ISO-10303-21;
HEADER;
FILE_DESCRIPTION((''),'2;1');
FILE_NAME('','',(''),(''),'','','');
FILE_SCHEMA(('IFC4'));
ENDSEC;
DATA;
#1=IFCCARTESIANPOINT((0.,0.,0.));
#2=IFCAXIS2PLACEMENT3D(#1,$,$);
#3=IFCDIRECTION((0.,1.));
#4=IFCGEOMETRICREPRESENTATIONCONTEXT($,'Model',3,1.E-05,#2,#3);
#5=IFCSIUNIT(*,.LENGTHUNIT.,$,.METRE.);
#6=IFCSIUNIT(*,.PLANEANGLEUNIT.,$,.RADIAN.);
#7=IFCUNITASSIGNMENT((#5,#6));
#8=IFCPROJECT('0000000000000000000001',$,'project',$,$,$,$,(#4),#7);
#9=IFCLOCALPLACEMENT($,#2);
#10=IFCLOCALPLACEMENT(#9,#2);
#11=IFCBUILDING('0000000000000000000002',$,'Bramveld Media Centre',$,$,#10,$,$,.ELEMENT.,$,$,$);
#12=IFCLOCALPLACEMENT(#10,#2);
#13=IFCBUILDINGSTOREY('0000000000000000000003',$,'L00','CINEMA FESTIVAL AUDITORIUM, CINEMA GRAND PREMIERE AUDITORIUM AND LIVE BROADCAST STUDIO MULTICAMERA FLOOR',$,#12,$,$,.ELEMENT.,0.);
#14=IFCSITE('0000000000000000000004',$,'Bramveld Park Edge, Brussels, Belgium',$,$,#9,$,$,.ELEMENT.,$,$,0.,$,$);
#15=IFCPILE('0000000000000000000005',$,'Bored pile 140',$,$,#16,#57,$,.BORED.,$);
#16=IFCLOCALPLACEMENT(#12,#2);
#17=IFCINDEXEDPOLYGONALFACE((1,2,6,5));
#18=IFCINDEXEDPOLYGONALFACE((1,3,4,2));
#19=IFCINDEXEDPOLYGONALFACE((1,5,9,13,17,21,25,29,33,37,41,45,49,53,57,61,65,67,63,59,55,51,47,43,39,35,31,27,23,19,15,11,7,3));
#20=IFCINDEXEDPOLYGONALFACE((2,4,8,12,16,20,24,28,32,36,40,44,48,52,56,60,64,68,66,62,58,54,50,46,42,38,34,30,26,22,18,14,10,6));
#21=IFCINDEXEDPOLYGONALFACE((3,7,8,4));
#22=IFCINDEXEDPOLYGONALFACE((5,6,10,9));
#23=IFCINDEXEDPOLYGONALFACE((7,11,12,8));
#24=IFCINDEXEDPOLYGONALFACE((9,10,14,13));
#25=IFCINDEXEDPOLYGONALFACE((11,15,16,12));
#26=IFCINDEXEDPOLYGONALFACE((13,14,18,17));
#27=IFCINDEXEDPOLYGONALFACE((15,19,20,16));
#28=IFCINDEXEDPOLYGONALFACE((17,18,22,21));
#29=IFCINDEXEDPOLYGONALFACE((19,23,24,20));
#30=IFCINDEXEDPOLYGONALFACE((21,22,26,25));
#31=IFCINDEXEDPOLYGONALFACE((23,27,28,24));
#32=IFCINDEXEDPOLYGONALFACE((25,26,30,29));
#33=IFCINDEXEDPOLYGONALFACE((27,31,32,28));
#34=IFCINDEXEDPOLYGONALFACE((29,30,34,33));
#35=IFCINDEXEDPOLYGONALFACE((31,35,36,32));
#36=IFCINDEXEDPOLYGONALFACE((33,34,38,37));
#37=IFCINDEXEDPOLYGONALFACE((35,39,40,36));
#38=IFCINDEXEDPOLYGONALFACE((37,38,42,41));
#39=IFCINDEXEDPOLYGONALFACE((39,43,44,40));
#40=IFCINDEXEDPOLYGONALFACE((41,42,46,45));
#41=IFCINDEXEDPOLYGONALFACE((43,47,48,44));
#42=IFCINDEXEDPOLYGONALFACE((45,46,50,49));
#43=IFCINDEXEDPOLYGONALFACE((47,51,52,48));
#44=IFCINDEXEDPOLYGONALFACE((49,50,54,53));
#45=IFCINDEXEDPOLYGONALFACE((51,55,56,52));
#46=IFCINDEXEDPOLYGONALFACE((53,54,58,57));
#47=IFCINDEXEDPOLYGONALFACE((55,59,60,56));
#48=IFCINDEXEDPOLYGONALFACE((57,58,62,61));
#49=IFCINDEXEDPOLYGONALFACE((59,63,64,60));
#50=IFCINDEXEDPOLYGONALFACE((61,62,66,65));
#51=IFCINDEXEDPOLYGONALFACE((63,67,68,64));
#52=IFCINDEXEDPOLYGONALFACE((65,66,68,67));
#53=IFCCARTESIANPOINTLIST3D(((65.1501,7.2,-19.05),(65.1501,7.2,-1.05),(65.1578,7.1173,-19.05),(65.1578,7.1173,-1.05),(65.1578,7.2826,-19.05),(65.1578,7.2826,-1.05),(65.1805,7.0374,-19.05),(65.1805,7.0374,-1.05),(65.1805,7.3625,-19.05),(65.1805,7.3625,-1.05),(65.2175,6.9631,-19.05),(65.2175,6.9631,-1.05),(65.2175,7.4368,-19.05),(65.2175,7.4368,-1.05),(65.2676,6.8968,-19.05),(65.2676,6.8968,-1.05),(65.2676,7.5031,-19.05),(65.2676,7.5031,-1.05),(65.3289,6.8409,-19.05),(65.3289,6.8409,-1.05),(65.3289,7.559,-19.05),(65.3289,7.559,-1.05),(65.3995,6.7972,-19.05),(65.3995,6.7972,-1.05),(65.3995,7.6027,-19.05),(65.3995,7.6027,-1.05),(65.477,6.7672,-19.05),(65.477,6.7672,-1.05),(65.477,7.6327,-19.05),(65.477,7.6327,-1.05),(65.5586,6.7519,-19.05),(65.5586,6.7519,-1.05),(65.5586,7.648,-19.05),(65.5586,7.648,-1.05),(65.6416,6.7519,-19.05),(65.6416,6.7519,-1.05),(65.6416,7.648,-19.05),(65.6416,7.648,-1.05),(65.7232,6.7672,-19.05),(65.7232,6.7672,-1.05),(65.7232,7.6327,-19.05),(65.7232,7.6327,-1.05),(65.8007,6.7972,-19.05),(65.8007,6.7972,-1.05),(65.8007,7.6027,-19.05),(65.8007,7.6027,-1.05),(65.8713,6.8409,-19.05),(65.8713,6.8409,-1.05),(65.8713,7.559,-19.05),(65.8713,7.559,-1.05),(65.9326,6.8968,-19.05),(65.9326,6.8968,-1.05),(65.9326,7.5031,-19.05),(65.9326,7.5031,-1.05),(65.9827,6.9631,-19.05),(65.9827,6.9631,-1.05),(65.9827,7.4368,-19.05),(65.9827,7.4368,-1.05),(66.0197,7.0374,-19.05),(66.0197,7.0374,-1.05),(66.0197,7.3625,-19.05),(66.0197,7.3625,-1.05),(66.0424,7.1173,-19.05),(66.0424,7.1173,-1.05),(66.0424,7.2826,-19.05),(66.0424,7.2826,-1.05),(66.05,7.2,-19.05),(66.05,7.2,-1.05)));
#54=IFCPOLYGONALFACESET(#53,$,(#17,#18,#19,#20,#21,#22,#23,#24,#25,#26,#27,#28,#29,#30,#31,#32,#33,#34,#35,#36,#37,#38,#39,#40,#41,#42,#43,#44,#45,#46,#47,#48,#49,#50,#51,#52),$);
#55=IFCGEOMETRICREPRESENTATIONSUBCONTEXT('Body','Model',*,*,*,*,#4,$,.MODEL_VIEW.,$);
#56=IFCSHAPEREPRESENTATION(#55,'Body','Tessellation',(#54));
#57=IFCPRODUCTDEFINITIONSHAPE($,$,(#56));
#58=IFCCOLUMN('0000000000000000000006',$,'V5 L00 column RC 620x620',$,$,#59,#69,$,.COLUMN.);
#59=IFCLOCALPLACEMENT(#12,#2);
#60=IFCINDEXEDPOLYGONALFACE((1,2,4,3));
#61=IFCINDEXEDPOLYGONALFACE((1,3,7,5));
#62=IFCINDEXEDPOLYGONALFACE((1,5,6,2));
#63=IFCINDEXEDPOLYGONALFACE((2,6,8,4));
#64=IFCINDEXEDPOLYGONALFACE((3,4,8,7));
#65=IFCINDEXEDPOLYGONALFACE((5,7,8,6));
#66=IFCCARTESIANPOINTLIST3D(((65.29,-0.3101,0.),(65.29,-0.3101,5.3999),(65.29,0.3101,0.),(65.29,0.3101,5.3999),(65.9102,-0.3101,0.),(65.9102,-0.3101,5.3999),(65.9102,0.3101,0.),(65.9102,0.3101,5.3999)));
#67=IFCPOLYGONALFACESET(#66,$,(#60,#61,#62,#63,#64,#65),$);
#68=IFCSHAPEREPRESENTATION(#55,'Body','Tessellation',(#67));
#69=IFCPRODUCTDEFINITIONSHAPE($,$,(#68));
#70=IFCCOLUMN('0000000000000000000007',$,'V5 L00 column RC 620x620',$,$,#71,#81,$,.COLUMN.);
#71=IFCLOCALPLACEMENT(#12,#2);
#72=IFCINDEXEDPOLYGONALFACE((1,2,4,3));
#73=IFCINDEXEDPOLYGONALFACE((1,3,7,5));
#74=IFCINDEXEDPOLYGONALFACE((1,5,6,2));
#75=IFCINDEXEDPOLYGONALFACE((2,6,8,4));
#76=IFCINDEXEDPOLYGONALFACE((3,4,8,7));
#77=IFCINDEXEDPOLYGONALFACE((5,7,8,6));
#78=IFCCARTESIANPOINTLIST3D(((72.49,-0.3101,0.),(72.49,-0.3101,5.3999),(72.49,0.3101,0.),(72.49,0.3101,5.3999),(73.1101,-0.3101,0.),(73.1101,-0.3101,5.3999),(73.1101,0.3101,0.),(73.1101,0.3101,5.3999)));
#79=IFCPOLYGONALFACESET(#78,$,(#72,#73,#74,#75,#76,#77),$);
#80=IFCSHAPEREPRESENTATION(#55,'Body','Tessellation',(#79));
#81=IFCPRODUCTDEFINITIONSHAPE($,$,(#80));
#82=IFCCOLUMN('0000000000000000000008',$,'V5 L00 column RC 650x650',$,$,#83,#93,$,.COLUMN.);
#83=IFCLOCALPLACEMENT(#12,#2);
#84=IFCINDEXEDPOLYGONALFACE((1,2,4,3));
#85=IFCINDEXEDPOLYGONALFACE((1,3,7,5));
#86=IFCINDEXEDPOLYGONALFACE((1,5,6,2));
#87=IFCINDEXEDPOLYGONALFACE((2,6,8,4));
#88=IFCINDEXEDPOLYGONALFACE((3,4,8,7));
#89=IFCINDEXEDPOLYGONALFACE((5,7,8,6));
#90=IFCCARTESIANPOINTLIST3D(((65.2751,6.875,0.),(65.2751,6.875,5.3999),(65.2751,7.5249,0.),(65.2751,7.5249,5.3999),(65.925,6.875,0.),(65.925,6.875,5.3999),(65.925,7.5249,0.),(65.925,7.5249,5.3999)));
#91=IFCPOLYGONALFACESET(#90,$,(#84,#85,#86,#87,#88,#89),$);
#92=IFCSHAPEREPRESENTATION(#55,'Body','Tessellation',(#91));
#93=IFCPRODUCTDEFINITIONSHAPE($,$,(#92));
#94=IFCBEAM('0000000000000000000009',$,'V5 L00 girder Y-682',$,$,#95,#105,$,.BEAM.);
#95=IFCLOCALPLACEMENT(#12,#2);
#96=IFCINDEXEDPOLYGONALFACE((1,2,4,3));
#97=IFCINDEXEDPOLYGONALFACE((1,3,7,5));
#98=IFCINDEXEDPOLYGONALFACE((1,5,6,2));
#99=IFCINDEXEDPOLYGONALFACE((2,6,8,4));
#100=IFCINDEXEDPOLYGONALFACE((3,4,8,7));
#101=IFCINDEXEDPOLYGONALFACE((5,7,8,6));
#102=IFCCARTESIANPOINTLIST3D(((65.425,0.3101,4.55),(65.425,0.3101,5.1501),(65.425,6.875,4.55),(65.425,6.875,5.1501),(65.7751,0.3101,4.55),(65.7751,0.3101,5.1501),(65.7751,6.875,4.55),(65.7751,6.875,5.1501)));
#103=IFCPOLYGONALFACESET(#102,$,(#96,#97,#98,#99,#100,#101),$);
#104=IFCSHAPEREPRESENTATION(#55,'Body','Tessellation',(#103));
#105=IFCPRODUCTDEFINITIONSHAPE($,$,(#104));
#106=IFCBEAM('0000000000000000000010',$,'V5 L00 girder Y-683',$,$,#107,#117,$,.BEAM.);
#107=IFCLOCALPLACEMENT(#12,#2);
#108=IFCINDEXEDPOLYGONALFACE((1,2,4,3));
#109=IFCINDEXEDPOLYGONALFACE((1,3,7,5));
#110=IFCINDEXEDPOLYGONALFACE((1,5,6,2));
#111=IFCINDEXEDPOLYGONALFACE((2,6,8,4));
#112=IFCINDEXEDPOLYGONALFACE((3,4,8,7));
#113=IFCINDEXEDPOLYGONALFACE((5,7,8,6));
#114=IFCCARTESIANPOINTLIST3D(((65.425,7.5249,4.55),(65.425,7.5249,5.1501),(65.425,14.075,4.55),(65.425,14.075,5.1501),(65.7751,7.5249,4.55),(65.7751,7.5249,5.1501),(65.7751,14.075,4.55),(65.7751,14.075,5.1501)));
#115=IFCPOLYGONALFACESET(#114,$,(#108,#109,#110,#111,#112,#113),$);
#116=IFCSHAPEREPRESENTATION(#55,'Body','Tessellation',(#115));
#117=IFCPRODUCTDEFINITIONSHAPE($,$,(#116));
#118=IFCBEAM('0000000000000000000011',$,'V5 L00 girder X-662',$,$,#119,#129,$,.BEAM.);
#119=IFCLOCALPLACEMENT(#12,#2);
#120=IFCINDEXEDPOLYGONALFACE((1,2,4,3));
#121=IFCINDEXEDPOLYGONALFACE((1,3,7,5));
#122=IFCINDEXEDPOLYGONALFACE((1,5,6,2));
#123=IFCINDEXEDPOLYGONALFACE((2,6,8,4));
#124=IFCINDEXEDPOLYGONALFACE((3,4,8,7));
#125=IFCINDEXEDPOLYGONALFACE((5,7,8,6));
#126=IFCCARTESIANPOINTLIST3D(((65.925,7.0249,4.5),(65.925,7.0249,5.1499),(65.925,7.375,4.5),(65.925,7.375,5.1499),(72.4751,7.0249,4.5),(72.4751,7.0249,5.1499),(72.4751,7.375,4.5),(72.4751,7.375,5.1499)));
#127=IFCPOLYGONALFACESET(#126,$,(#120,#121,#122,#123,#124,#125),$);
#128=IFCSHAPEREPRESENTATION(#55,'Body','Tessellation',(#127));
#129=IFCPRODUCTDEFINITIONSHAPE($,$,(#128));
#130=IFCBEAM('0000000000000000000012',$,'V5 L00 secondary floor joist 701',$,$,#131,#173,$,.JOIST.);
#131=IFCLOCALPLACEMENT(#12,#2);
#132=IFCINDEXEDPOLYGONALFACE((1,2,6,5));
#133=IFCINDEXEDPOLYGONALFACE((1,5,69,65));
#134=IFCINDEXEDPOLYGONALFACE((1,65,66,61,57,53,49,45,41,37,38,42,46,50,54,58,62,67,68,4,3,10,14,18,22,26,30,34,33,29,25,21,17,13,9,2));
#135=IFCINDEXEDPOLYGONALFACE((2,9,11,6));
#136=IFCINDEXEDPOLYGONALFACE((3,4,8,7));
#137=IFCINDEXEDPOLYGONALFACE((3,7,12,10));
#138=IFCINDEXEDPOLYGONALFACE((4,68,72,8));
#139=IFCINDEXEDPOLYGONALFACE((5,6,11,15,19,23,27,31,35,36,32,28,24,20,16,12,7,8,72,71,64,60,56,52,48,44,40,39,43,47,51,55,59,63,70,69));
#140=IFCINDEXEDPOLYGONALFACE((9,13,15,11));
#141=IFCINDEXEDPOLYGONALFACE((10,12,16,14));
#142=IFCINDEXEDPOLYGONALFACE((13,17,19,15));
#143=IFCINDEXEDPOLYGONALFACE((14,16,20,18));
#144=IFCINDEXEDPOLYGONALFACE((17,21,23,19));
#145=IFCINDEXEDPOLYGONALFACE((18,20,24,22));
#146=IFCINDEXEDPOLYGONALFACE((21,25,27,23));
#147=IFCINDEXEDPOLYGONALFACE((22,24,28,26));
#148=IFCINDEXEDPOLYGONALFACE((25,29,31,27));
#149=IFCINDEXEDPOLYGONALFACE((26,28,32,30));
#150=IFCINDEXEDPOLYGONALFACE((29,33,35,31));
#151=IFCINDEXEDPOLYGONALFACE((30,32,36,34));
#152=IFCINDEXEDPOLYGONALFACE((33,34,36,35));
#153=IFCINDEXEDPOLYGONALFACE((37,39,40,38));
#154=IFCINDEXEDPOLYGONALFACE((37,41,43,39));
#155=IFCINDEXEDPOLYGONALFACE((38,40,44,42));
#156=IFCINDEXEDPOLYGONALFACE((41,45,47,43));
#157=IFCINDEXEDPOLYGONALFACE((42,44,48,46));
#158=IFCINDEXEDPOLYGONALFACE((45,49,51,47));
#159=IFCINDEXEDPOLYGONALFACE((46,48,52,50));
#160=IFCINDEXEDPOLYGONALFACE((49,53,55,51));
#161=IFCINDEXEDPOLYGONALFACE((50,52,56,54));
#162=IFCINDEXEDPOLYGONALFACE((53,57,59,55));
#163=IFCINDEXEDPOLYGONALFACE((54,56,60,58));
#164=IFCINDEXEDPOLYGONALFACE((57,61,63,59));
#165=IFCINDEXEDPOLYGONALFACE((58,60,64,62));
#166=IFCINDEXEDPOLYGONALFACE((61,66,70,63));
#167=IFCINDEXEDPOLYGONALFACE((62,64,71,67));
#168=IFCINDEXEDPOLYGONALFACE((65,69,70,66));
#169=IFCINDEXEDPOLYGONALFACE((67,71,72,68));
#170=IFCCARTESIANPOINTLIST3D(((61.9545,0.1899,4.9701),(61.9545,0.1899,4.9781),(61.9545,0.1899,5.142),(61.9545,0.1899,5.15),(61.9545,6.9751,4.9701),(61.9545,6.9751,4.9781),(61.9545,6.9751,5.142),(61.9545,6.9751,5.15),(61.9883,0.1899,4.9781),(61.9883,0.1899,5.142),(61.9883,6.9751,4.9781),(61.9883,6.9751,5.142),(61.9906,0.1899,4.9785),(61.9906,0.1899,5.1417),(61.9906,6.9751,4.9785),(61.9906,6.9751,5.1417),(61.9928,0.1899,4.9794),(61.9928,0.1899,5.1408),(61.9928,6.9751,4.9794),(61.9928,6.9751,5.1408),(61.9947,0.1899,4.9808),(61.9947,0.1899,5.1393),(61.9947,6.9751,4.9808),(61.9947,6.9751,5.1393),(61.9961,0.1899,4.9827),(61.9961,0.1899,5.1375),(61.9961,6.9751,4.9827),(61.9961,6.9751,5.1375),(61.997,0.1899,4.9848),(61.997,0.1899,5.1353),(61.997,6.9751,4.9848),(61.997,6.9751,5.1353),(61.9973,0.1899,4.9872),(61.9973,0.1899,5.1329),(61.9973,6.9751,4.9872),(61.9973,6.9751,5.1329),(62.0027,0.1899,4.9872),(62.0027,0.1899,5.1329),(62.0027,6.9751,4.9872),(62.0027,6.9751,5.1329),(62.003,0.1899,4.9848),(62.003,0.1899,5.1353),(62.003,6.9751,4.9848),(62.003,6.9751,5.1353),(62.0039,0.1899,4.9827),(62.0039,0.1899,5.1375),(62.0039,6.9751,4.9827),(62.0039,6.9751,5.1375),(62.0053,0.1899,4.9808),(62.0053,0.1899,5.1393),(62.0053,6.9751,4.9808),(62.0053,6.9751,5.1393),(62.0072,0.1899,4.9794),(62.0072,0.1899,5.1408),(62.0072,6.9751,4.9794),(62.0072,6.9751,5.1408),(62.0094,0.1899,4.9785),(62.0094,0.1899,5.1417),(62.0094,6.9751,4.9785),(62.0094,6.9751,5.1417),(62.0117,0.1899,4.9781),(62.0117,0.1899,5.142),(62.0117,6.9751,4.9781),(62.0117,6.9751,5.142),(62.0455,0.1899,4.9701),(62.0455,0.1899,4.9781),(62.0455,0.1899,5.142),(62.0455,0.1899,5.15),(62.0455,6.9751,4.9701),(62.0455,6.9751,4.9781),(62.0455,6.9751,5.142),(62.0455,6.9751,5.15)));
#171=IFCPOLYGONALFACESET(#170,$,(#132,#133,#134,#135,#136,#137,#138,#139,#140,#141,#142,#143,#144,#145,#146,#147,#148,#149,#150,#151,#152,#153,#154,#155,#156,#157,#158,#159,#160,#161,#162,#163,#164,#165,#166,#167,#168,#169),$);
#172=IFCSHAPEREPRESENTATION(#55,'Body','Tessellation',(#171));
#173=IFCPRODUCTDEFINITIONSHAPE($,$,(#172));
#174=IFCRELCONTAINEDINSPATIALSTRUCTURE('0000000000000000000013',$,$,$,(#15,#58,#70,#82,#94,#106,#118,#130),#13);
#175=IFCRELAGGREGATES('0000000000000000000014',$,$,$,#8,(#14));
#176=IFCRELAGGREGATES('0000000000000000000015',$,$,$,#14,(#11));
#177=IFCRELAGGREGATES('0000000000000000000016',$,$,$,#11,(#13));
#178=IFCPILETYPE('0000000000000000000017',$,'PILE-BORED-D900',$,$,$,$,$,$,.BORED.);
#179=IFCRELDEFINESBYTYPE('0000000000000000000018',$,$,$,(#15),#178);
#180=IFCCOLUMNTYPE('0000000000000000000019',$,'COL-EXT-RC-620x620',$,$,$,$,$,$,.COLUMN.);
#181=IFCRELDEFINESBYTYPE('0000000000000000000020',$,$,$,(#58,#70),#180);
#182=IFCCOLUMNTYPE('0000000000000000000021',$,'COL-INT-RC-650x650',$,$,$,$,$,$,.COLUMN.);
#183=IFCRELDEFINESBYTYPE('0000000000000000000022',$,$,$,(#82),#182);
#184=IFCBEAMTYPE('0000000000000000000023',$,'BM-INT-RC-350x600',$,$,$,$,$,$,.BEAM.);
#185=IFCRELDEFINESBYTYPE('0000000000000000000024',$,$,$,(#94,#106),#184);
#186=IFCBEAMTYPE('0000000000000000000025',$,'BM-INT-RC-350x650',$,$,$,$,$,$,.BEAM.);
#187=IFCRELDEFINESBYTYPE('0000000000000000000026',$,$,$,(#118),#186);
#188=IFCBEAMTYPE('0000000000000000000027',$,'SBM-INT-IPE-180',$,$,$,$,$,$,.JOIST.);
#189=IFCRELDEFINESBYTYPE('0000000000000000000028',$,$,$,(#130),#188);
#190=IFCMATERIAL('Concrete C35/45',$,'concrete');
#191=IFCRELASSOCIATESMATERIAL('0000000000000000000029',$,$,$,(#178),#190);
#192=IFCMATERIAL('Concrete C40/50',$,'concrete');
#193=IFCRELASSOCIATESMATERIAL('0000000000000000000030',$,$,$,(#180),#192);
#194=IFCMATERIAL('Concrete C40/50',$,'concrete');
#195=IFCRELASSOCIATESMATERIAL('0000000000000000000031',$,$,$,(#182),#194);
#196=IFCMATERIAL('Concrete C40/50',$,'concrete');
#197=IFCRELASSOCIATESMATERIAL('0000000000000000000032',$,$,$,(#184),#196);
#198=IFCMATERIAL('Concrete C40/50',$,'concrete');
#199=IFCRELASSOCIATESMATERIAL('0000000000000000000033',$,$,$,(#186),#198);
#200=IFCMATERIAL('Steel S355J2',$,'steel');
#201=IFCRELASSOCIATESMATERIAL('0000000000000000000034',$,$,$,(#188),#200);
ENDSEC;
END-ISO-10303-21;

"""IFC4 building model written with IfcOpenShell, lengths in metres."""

from ifc_helpers import new_model, si_unit, direction, frame, origin, origin_2d, place, context, subcontext, project, spatial, rectangle, circle, i_section, extrude, material, material_profile, profile_set, type_object, element, save


model = new_model("IFC4")

# Units and contexts
model_context = context("Model", 3, precision=1e-05, world=origin(), true_north=direction((0.0, 1.0)))
body_context = subcontext(model_context, "Body", "Model", "MODEL_VIEW")
ifc_project = project(units=[si_unit("LENGTHUNIT", "METRE"), si_unit("PLANEANGLEUNIT", "RADIAN")], contexts=[model_context])

# Site, building, storey
site_placement = place(None, origin())
site = spatial("IfcSite", under=ifc_project, at=site_placement, Name="Bramveld Park Edge, Brussels, Belgium", CompositionType="ELEMENT", RefElevation=0.0)
building_placement = place(site_placement, origin())
building = spatial("IfcBuilding", under=site, at=building_placement, Name="Bramveld Media Centre", CompositionType="ELEMENT")
storey_placement = place(building_placement, origin())
storey = spatial("IfcBuildingStorey", under=building, at=storey_placement, Name="L00", Description="CINEMA FESTIVAL AUDITORIUM, CINEMA GRAND PREMIERE AUDITORIUM AND LIVE BROADCAST STUDIO MULTICAMERA FLOOR", CompositionType="ELEMENT", Elevation=0.0)

# Pile
ifc_material_1 = material(Name="Concrete C35/45", Category="concrete")
ifc_material_profile_1 = material_profile(ifc_material_1, circle(Radius=0.45, at=origin_2d()), Name="BORED D900")
ifc_profile_set_1 = profile_set([ifc_material_profile_1], Name="Concrete C35/45")
pile_type_1 = type_object("IfcPileType", Name="PILE-BORED-D900", PredefinedType="BORED", material=ifc_profile_set_1)
for number, where, z_axis, x_axis, name in (
    (1, (65.6001, 7.2, -1.05), (0.0, 0.0, -1.0), (1.0, 0.0, 0.0), "Bored pile 140"),
):
    element("IfcPile", number, at=place(storey_placement, frame(where, z_axis=z_axis, x_axis=x_axis)), inside=storey, type_object=pile_type_1, Name=name, PredefinedType="BORED", context=body_context, shape_type="SweptSolid", body=[
        extrude(circle(Radius=0.45, at=origin_2d()), origin(), (0.0, 0.0, 1.0), 18.0),
    ])

# Columns
ifc_material_2 = material(Name="Concrete C40/50", Category="concrete")
ifc_material_profile_2 = material_profile(ifc_material_2, rectangle(XDim=0.6201, YDim=0.6201, at=origin_2d()), Name="RC 620x620")
ifc_profile_set_2 = profile_set([ifc_material_profile_2], Name="Concrete C40/50")
column_type_1 = type_object("IfcColumnType", Name="COL-EXT-RC-620x620", PredefinedType="COLUMN", material=ifc_profile_set_2)
for number, where, z_axis, x_axis, name in (
    (2, (65.6001, 0.0, 0.0), (0.0, 0.0, 1.0), (1.0, 0.0, 0.0), "V5 L00 column RC 620x620"),
    (3, (72.8, 0.0, 0.0), (0.0, 0.0, 1.0), (1.0, 0.0, 0.0), "V5 L00 column RC 620x620"),
):
    element("IfcColumn", number, at=place(storey_placement, frame(where, z_axis=z_axis, x_axis=x_axis)), inside=storey, type_object=column_type_1, Name=name, PredefinedType="COLUMN", context=body_context, shape_type="SweptSolid", body=[
        extrude(rectangle(XDim=0.6201, YDim=0.6201, at=origin_2d()), origin(), (0.0, 0.0, 1.0), 5.3999),
    ])
ifc_material_3 = material(Name="Concrete C40/50", Category="concrete")
ifc_material_profile_3 = material_profile(ifc_material_3, rectangle(XDim=0.6499, YDim=0.6499, at=origin_2d()), Name="RC 650x650")
ifc_profile_set_3 = profile_set([ifc_material_profile_3], Name="Concrete C40/50")
column_type_2 = type_object("IfcColumnType", Name="COL-INT-RC-650x650", PredefinedType="COLUMN", material=ifc_profile_set_3)
column_placement = place(storey_placement, frame((65.6001, 7.2, 0.0), z_axis=(0.0, 0.0, 1.0), x_axis=(1.0, 0.0, 0.0)))
element("IfcColumn", 4, at=column_placement, inside=storey, type_object=column_type_2, Name="V5 L00 column RC 650x650", PredefinedType="COLUMN", context=body_context, shape_type="SweptSolid", body=[
    extrude(rectangle(XDim=0.6499, YDim=0.6499, at=origin_2d()), origin(), (0.0, 0.0, 1.0), 5.3999),
])

# Beams
ifc_material_4 = material(Name="Concrete C40/50", Category="concrete")
ifc_material_profile_4 = material_profile(ifc_material_4, rectangle(XDim=0.3501, YDim=0.6001, at=origin_2d()), Name="RC 350x600")
ifc_profile_set_4 = profile_set([ifc_material_profile_4], Name="Concrete C40/50")
beam_type_1 = type_object("IfcBeamType", Name="BM-INT-RC-350x600", PredefinedType="BEAM", material=ifc_profile_set_4)
beam_1_placement = place(storey_placement, frame((65.6001, 0.3101, 4.8501), z_axis=(0.0, 1.0, 0.0), x_axis=(-1.0, 0.0, 0.0)))
element("IfcBeam", 5, at=beam_1_placement, inside=storey, type_object=beam_type_1, Name="V5 L00 girder Y-682", PredefinedType="BEAM", context=body_context, shape_type="SweptSolid", body=[
    extrude(rectangle(XDim=0.3501, YDim=0.6001, at=origin_2d()), origin(), (0.0, 0.0, 1.0), 6.5649),
])
beam_2_placement = place(storey_placement, frame((65.6001, 7.5249, 4.8501), z_axis=(0.0, 1.0, 0.0), x_axis=(-1.0, 0.0, 0.0)))
element("IfcBeam", 6, at=beam_2_placement, inside=storey, type_object=beam_type_1, Name="V5 L00 girder Y-683", PredefinedType="BEAM", context=body_context, shape_type="SweptSolid", body=[
    extrude(rectangle(XDim=0.3501, YDim=0.6001, at=origin_2d()), origin(), (0.0, 0.0, 1.0), 6.55),
])
ifc_material_5 = material(Name="Concrete C40/50", Category="concrete")
ifc_material_profile_5 = material_profile(ifc_material_5, rectangle(XDim=0.3501, YDim=0.6499, at=origin_2d()), Name="RC 350x650")
ifc_profile_set_5 = profile_set([ifc_material_profile_5], Name="Concrete C40/50")
beam_type_2 = type_object("IfcBeamType", Name="BM-INT-RC-350x650", PredefinedType="BEAM", material=ifc_profile_set_5)
beam_3_placement = place(storey_placement, frame((65.925, 7.2, 4.825), z_axis=(1.0, 0.0, 0.0), x_axis=(0.0, 1.0, 0.0)))
element("IfcBeam", 7, at=beam_3_placement, inside=storey, type_object=beam_type_2, Name="V5 L00 girder X-662", PredefinedType="BEAM", context=body_context, shape_type="SweptSolid", body=[
    extrude(rectangle(XDim=0.3501, YDim=0.6499, at=origin_2d()), origin(), (0.0, 0.0, 1.0), 6.55),
])
ifc_material_6 = material(Name="Steel S355J2", Category="steel")
ifc_material_profile_6 = material_profile(ifc_material_6, i_section(OverallWidth=0.0911, OverallDepth=0.1799, WebThickness=0.0054, FlangeThickness=0.0081, FilletRadius=0.009, at=origin_2d()), Name="IPE 180")
ifc_profile_set_6 = profile_set([ifc_material_profile_6], Name="Steel S355J2")
beam_type_3 = type_object("IfcBeamType", Name="SBM-INT-IPE-180", PredefinedType="JOIST", material=ifc_profile_set_6)
beam_4_placement = place(storey_placement, frame((62.0, 0.1899, 5.0601), z_axis=(0.0, 1.0, 0.0), x_axis=(-1.0, 0.0, 0.0)))
element("IfcBeam", 8, at=beam_4_placement, inside=storey, type_object=beam_type_3, Name="V5 L00 secondary floor joist 701", PredefinedType="JOIST", context=body_context, shape_type="SweptSolid", body=[
    extrude(i_section(OverallWidth=0.0911, OverallDepth=0.1799, WebThickness=0.0054, FlangeThickness=0.0081, FilletRadius=0.009, at=origin_2d()), origin(), (0.0, 0.0, 1.0), 6.7852),
])

save(model, "model.ifc")
